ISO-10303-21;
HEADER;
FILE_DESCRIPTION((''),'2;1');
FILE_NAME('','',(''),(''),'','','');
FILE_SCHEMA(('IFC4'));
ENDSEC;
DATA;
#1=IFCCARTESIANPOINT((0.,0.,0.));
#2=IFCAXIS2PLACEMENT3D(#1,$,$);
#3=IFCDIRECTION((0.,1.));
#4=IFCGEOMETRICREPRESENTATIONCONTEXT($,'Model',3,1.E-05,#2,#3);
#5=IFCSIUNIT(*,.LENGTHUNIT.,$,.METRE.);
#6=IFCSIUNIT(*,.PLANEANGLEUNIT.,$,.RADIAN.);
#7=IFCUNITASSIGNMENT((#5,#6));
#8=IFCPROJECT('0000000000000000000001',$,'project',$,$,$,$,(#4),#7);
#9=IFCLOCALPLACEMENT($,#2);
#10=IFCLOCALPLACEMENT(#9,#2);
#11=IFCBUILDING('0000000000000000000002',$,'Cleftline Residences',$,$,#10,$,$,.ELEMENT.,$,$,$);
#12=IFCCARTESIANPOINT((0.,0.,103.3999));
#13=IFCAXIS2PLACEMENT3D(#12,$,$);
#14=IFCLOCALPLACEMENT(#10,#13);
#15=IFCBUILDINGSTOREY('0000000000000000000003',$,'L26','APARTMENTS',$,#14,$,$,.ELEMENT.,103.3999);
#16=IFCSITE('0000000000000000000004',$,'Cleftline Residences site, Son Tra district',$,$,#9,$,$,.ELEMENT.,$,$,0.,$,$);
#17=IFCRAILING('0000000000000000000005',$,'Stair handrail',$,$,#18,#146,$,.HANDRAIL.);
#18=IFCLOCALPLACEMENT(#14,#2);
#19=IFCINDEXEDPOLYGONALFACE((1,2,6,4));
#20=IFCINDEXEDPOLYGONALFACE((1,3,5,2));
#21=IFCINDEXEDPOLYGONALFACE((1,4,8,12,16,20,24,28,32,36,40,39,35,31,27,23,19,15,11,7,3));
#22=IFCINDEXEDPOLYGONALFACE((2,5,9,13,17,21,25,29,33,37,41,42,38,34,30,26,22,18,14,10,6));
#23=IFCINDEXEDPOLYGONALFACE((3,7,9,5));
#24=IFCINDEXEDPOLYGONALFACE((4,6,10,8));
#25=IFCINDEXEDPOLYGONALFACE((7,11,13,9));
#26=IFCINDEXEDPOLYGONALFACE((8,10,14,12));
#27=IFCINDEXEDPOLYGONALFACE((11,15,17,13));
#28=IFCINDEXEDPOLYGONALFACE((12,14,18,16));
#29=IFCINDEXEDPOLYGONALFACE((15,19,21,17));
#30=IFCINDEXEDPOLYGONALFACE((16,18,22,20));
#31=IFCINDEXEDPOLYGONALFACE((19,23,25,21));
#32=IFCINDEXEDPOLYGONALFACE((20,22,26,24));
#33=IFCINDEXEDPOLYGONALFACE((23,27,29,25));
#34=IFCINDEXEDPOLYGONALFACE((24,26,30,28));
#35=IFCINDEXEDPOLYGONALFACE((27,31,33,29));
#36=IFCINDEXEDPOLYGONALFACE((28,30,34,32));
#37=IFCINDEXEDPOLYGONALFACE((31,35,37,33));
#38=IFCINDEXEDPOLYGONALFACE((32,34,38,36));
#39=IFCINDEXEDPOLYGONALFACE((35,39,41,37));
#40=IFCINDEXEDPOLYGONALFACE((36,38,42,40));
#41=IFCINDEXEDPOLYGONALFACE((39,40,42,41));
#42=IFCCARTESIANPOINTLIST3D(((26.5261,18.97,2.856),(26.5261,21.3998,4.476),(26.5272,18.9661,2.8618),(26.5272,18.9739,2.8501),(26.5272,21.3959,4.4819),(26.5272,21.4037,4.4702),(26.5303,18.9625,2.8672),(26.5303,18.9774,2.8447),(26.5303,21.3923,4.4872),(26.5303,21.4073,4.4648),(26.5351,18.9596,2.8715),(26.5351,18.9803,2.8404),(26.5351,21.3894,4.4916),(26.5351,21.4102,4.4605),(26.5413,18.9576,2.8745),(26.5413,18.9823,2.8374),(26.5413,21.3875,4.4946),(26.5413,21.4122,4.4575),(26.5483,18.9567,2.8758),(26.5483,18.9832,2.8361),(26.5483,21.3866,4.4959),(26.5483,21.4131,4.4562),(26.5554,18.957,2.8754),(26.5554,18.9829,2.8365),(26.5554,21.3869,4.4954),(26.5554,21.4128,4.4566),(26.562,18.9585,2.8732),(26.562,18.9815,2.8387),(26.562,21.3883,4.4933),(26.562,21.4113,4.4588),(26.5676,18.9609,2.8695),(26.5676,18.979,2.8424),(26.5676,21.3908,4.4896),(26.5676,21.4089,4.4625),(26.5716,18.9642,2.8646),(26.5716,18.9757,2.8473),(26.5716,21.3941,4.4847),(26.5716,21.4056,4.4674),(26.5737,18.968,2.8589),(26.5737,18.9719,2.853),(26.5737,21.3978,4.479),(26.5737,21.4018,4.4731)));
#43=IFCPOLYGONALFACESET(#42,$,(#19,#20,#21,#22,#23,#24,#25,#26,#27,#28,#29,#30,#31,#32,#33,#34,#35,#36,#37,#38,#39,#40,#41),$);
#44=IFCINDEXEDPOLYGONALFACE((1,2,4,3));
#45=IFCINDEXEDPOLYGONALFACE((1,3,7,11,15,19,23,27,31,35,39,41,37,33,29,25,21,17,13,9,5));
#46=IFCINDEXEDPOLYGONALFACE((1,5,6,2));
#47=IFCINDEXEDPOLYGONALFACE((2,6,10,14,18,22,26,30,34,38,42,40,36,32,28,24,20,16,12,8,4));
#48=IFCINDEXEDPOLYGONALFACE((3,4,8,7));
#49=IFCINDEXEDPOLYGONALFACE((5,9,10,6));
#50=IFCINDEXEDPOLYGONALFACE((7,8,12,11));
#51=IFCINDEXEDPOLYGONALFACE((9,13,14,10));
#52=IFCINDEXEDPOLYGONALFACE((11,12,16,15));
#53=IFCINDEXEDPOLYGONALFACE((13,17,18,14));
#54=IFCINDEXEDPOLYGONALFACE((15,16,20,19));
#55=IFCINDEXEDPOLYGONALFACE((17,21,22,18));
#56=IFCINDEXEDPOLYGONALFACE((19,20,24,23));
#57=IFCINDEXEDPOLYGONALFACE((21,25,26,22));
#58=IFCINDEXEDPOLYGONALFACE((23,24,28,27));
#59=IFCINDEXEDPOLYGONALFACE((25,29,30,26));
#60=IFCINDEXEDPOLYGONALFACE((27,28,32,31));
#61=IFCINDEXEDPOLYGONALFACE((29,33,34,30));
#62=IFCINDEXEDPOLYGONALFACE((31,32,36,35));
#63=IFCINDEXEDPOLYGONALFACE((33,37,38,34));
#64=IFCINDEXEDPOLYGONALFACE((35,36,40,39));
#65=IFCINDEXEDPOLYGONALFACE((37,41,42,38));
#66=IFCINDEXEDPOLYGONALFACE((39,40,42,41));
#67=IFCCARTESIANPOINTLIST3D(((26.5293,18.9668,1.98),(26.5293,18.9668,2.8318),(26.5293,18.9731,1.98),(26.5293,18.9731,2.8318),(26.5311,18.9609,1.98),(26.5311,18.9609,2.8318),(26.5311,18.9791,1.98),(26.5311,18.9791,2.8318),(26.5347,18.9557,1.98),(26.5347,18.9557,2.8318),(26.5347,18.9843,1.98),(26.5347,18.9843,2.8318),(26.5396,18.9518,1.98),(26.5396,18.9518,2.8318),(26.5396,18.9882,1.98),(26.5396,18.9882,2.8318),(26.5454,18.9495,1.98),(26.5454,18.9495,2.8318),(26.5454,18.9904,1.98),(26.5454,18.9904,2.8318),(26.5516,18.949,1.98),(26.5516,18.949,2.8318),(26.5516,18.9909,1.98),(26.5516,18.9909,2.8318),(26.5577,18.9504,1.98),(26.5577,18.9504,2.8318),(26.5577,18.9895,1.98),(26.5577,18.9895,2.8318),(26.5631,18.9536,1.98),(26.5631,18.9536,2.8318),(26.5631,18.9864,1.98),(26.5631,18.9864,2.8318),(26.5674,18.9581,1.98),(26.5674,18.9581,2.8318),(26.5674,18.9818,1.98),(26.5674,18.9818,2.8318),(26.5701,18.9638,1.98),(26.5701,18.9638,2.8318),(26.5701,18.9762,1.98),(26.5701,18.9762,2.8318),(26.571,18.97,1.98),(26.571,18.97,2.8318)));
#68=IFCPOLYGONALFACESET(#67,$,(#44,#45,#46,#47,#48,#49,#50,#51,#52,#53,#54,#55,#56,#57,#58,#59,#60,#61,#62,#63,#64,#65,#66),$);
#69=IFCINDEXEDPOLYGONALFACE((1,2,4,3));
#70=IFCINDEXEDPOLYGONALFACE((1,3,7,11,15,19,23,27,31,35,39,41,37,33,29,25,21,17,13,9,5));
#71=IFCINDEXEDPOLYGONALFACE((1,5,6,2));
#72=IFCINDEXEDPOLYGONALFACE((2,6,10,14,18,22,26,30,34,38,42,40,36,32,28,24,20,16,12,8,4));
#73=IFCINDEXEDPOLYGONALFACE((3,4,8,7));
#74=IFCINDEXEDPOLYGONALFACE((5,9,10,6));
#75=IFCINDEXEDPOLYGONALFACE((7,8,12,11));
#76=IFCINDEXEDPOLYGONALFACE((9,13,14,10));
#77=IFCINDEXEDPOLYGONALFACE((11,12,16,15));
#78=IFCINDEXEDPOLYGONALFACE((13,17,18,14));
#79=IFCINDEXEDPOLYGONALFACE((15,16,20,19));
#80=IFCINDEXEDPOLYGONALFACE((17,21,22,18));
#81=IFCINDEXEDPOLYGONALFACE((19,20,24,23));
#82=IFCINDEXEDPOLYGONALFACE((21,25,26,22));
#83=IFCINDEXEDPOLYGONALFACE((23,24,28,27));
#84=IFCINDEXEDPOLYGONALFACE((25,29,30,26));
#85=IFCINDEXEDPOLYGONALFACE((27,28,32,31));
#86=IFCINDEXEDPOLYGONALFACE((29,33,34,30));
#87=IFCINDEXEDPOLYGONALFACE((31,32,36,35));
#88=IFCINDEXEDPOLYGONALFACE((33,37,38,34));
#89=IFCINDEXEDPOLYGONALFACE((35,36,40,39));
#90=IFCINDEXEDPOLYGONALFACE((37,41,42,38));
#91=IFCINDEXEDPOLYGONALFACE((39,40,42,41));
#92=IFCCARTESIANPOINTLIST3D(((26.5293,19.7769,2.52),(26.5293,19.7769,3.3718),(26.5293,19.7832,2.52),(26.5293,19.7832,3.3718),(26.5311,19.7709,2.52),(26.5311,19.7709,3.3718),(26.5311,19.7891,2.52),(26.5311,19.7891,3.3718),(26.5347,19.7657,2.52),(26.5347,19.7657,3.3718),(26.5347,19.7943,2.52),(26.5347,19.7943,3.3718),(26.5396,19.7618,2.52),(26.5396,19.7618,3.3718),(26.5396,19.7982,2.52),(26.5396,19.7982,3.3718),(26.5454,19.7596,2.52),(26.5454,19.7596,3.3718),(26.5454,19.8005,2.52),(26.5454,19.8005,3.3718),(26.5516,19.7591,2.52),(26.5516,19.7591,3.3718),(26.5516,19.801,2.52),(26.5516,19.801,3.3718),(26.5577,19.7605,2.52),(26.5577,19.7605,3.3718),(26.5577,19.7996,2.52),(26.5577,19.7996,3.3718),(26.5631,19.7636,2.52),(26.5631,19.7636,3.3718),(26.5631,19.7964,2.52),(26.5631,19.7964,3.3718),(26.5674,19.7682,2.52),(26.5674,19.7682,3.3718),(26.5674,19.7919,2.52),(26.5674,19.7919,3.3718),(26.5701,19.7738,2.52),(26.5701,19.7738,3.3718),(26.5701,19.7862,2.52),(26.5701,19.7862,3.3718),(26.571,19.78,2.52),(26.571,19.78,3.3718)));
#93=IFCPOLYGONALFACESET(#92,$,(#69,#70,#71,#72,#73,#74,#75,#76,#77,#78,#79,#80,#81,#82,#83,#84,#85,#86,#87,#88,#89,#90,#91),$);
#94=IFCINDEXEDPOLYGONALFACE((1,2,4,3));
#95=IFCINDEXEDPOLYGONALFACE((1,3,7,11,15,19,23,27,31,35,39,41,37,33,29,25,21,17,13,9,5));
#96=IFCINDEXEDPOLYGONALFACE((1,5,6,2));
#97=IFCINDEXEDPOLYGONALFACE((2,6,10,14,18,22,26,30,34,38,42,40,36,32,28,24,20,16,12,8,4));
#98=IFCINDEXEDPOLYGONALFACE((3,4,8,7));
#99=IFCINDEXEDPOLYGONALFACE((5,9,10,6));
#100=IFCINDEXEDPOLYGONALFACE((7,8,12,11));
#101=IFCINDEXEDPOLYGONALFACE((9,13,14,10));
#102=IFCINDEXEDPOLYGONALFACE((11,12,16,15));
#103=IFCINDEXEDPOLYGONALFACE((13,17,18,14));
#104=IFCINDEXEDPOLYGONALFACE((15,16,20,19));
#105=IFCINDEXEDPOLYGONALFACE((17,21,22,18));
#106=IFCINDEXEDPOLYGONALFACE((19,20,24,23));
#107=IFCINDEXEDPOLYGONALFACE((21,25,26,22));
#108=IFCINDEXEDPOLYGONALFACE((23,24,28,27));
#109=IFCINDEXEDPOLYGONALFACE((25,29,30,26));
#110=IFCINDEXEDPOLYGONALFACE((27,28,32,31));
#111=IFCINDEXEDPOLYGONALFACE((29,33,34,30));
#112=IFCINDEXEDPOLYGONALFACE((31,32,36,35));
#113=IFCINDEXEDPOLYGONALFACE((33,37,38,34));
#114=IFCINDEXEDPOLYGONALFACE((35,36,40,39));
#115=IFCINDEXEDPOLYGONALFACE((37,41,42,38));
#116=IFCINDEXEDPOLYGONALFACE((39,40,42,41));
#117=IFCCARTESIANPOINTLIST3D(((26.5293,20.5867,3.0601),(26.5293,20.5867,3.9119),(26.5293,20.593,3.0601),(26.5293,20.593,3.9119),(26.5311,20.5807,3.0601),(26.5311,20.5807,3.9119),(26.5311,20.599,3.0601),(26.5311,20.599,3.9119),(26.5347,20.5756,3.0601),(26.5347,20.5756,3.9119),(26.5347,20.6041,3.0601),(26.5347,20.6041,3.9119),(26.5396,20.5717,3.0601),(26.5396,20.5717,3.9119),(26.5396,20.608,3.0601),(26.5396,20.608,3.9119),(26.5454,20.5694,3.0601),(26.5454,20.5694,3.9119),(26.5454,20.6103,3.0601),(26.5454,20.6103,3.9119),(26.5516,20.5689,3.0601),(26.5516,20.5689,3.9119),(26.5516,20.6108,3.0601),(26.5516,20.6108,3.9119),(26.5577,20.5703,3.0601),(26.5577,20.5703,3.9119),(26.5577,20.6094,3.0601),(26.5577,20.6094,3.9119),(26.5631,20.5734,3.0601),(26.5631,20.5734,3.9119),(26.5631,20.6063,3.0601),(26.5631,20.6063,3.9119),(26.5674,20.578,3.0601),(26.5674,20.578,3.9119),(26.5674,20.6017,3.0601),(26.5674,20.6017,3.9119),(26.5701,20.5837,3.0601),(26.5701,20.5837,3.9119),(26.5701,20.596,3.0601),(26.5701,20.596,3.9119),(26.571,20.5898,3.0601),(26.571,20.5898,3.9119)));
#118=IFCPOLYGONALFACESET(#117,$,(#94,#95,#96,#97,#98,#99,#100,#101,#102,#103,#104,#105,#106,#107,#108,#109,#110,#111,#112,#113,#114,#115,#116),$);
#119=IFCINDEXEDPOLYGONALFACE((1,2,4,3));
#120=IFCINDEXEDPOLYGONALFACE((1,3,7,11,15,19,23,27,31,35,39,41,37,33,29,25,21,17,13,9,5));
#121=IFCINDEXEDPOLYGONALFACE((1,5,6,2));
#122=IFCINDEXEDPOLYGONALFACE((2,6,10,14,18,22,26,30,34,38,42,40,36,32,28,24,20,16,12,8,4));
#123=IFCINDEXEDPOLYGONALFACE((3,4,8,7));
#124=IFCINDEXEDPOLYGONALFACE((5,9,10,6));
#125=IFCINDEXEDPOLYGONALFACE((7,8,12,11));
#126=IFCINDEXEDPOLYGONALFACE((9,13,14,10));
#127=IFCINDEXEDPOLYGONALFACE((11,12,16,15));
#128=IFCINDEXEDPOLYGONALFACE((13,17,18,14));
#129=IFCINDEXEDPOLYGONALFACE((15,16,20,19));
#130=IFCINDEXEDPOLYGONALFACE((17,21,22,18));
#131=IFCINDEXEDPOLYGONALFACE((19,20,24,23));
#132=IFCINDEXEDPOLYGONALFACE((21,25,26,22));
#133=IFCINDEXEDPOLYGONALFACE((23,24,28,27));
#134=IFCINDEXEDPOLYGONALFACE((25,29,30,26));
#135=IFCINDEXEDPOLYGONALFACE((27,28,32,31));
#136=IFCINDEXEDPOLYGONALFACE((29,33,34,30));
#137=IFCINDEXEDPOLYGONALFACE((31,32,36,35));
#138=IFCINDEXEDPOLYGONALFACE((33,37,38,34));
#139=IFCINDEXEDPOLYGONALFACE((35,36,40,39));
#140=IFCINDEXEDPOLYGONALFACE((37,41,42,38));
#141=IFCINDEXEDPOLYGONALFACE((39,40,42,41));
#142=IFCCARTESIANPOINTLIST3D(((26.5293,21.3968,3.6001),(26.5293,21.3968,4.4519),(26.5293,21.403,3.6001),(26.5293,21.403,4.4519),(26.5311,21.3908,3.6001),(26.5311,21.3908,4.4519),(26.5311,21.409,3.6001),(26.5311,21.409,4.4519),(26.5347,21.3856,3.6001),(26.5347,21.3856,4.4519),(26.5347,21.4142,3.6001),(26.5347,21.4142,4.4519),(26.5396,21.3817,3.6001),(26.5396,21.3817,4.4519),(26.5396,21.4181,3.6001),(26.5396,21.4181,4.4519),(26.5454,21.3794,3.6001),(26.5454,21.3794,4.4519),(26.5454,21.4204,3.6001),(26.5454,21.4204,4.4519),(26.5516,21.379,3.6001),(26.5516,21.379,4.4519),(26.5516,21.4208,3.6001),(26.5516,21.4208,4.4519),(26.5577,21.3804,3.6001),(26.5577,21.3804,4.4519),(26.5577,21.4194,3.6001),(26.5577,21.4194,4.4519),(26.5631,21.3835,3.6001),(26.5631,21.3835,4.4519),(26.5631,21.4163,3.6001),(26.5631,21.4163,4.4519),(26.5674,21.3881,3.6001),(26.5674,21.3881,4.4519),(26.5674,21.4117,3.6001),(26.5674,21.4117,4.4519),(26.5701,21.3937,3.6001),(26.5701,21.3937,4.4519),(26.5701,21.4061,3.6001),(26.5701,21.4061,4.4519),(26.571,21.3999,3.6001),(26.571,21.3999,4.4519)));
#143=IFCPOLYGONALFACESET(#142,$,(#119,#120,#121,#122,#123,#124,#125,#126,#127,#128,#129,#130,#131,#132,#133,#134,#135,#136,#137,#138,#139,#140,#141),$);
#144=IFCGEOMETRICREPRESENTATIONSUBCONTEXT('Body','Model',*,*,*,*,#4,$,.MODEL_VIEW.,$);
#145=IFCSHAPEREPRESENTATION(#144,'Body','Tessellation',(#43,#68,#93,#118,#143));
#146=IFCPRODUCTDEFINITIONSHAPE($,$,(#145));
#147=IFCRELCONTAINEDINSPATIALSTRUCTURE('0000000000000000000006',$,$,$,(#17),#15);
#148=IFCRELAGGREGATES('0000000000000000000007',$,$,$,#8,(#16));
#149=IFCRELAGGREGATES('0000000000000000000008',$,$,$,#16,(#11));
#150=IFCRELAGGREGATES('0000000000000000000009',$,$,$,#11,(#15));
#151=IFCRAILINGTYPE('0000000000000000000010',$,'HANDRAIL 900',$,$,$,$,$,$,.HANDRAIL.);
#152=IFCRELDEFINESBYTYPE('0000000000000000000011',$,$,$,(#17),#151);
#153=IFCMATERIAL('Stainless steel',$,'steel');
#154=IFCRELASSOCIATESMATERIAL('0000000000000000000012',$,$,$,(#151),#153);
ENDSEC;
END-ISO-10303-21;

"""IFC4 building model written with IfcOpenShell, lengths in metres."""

from ifc_helpers import new_model, si_unit, direction, frame, origin, origin_2d, place, context, subcontext, project, spatial, circle, extrude, material, type_object, element, save


model = new_model("IFC4")

# Units and contexts
model_context = context("Model", 3, precision=1e-05, world=origin(), true_north=direction((0.0, 1.0)))
body_context = subcontext(model_context, "Body", "Model", "MODEL_VIEW")
ifc_project = project(units=[si_unit("LENGTHUNIT", "METRE"), si_unit("PLANEANGLEUNIT", "RADIAN")], contexts=[model_context])

# Site, building, storey
site_placement = place(None, origin())
site = spatial("IfcSite", under=ifc_project, at=site_placement, Name="Cleftline Residences site, Son Tra district", CompositionType="ELEMENT", RefElevation=0.0)
building_placement = place(site_placement, origin())
building = spatial("IfcBuilding", under=site, at=building_placement, Name="Cleftline Residences", CompositionType="ELEMENT")
storey_placement = place(building_placement, frame((0.0, 0.0, 103.3999)))
storey = spatial("IfcBuildingStorey", under=building, at=storey_placement, Name="L26", Description="APARTMENTS", CompositionType="ELEMENT", Elevation=103.3999)

# Railing
ifc_material_1 = material(Name="Stainless steel", Category="steel")
railing_type = type_object("IfcRailingType", Name="HANDRAIL 900", PredefinedType="HANDRAIL", material=ifc_material_1)
railing_1_placement = place(storey_placement, frame((26.55, 18.97, 1.98)))
element("IfcRailing", 1, at=railing_1_placement, inside=storey, type_object=railing_type, Name="Stair handrail", PredefinedType="HANDRAIL", context=body_context, shape_type="SweptSolid", body=[
    extrude(circle(Radius=0.0239, at=origin_2d()), frame((0.0, 0.0, 0.876), z_axis=(0.0, 0.832025, 0.554739), x_axis=(-1.0, 0.0, 0.0)), (0.0, 0.0, 1.0), 2.9204),
    extrude(circle(Radius=0.021, at=origin_2d()), origin(), (0.0, 0.0, 1.0), 0.8518),
    extrude(circle(Radius=0.021, at=origin_2d()), frame((0.0, 0.8101, 0.54)), (0.0, 0.0, 1.0), 0.8518),
    extrude(circle(Radius=0.021, at=origin_2d()), frame((0.0, 1.6199, 1.0801)), (0.0, 0.0, 1.0), 0.8518),
    extrude(circle(Radius=0.021, at=origin_2d()), frame((0.0, 2.4299, 1.6201)), (0.0, 0.0, 1.0), 0.8518),
])

save(model, "model.ifc")
